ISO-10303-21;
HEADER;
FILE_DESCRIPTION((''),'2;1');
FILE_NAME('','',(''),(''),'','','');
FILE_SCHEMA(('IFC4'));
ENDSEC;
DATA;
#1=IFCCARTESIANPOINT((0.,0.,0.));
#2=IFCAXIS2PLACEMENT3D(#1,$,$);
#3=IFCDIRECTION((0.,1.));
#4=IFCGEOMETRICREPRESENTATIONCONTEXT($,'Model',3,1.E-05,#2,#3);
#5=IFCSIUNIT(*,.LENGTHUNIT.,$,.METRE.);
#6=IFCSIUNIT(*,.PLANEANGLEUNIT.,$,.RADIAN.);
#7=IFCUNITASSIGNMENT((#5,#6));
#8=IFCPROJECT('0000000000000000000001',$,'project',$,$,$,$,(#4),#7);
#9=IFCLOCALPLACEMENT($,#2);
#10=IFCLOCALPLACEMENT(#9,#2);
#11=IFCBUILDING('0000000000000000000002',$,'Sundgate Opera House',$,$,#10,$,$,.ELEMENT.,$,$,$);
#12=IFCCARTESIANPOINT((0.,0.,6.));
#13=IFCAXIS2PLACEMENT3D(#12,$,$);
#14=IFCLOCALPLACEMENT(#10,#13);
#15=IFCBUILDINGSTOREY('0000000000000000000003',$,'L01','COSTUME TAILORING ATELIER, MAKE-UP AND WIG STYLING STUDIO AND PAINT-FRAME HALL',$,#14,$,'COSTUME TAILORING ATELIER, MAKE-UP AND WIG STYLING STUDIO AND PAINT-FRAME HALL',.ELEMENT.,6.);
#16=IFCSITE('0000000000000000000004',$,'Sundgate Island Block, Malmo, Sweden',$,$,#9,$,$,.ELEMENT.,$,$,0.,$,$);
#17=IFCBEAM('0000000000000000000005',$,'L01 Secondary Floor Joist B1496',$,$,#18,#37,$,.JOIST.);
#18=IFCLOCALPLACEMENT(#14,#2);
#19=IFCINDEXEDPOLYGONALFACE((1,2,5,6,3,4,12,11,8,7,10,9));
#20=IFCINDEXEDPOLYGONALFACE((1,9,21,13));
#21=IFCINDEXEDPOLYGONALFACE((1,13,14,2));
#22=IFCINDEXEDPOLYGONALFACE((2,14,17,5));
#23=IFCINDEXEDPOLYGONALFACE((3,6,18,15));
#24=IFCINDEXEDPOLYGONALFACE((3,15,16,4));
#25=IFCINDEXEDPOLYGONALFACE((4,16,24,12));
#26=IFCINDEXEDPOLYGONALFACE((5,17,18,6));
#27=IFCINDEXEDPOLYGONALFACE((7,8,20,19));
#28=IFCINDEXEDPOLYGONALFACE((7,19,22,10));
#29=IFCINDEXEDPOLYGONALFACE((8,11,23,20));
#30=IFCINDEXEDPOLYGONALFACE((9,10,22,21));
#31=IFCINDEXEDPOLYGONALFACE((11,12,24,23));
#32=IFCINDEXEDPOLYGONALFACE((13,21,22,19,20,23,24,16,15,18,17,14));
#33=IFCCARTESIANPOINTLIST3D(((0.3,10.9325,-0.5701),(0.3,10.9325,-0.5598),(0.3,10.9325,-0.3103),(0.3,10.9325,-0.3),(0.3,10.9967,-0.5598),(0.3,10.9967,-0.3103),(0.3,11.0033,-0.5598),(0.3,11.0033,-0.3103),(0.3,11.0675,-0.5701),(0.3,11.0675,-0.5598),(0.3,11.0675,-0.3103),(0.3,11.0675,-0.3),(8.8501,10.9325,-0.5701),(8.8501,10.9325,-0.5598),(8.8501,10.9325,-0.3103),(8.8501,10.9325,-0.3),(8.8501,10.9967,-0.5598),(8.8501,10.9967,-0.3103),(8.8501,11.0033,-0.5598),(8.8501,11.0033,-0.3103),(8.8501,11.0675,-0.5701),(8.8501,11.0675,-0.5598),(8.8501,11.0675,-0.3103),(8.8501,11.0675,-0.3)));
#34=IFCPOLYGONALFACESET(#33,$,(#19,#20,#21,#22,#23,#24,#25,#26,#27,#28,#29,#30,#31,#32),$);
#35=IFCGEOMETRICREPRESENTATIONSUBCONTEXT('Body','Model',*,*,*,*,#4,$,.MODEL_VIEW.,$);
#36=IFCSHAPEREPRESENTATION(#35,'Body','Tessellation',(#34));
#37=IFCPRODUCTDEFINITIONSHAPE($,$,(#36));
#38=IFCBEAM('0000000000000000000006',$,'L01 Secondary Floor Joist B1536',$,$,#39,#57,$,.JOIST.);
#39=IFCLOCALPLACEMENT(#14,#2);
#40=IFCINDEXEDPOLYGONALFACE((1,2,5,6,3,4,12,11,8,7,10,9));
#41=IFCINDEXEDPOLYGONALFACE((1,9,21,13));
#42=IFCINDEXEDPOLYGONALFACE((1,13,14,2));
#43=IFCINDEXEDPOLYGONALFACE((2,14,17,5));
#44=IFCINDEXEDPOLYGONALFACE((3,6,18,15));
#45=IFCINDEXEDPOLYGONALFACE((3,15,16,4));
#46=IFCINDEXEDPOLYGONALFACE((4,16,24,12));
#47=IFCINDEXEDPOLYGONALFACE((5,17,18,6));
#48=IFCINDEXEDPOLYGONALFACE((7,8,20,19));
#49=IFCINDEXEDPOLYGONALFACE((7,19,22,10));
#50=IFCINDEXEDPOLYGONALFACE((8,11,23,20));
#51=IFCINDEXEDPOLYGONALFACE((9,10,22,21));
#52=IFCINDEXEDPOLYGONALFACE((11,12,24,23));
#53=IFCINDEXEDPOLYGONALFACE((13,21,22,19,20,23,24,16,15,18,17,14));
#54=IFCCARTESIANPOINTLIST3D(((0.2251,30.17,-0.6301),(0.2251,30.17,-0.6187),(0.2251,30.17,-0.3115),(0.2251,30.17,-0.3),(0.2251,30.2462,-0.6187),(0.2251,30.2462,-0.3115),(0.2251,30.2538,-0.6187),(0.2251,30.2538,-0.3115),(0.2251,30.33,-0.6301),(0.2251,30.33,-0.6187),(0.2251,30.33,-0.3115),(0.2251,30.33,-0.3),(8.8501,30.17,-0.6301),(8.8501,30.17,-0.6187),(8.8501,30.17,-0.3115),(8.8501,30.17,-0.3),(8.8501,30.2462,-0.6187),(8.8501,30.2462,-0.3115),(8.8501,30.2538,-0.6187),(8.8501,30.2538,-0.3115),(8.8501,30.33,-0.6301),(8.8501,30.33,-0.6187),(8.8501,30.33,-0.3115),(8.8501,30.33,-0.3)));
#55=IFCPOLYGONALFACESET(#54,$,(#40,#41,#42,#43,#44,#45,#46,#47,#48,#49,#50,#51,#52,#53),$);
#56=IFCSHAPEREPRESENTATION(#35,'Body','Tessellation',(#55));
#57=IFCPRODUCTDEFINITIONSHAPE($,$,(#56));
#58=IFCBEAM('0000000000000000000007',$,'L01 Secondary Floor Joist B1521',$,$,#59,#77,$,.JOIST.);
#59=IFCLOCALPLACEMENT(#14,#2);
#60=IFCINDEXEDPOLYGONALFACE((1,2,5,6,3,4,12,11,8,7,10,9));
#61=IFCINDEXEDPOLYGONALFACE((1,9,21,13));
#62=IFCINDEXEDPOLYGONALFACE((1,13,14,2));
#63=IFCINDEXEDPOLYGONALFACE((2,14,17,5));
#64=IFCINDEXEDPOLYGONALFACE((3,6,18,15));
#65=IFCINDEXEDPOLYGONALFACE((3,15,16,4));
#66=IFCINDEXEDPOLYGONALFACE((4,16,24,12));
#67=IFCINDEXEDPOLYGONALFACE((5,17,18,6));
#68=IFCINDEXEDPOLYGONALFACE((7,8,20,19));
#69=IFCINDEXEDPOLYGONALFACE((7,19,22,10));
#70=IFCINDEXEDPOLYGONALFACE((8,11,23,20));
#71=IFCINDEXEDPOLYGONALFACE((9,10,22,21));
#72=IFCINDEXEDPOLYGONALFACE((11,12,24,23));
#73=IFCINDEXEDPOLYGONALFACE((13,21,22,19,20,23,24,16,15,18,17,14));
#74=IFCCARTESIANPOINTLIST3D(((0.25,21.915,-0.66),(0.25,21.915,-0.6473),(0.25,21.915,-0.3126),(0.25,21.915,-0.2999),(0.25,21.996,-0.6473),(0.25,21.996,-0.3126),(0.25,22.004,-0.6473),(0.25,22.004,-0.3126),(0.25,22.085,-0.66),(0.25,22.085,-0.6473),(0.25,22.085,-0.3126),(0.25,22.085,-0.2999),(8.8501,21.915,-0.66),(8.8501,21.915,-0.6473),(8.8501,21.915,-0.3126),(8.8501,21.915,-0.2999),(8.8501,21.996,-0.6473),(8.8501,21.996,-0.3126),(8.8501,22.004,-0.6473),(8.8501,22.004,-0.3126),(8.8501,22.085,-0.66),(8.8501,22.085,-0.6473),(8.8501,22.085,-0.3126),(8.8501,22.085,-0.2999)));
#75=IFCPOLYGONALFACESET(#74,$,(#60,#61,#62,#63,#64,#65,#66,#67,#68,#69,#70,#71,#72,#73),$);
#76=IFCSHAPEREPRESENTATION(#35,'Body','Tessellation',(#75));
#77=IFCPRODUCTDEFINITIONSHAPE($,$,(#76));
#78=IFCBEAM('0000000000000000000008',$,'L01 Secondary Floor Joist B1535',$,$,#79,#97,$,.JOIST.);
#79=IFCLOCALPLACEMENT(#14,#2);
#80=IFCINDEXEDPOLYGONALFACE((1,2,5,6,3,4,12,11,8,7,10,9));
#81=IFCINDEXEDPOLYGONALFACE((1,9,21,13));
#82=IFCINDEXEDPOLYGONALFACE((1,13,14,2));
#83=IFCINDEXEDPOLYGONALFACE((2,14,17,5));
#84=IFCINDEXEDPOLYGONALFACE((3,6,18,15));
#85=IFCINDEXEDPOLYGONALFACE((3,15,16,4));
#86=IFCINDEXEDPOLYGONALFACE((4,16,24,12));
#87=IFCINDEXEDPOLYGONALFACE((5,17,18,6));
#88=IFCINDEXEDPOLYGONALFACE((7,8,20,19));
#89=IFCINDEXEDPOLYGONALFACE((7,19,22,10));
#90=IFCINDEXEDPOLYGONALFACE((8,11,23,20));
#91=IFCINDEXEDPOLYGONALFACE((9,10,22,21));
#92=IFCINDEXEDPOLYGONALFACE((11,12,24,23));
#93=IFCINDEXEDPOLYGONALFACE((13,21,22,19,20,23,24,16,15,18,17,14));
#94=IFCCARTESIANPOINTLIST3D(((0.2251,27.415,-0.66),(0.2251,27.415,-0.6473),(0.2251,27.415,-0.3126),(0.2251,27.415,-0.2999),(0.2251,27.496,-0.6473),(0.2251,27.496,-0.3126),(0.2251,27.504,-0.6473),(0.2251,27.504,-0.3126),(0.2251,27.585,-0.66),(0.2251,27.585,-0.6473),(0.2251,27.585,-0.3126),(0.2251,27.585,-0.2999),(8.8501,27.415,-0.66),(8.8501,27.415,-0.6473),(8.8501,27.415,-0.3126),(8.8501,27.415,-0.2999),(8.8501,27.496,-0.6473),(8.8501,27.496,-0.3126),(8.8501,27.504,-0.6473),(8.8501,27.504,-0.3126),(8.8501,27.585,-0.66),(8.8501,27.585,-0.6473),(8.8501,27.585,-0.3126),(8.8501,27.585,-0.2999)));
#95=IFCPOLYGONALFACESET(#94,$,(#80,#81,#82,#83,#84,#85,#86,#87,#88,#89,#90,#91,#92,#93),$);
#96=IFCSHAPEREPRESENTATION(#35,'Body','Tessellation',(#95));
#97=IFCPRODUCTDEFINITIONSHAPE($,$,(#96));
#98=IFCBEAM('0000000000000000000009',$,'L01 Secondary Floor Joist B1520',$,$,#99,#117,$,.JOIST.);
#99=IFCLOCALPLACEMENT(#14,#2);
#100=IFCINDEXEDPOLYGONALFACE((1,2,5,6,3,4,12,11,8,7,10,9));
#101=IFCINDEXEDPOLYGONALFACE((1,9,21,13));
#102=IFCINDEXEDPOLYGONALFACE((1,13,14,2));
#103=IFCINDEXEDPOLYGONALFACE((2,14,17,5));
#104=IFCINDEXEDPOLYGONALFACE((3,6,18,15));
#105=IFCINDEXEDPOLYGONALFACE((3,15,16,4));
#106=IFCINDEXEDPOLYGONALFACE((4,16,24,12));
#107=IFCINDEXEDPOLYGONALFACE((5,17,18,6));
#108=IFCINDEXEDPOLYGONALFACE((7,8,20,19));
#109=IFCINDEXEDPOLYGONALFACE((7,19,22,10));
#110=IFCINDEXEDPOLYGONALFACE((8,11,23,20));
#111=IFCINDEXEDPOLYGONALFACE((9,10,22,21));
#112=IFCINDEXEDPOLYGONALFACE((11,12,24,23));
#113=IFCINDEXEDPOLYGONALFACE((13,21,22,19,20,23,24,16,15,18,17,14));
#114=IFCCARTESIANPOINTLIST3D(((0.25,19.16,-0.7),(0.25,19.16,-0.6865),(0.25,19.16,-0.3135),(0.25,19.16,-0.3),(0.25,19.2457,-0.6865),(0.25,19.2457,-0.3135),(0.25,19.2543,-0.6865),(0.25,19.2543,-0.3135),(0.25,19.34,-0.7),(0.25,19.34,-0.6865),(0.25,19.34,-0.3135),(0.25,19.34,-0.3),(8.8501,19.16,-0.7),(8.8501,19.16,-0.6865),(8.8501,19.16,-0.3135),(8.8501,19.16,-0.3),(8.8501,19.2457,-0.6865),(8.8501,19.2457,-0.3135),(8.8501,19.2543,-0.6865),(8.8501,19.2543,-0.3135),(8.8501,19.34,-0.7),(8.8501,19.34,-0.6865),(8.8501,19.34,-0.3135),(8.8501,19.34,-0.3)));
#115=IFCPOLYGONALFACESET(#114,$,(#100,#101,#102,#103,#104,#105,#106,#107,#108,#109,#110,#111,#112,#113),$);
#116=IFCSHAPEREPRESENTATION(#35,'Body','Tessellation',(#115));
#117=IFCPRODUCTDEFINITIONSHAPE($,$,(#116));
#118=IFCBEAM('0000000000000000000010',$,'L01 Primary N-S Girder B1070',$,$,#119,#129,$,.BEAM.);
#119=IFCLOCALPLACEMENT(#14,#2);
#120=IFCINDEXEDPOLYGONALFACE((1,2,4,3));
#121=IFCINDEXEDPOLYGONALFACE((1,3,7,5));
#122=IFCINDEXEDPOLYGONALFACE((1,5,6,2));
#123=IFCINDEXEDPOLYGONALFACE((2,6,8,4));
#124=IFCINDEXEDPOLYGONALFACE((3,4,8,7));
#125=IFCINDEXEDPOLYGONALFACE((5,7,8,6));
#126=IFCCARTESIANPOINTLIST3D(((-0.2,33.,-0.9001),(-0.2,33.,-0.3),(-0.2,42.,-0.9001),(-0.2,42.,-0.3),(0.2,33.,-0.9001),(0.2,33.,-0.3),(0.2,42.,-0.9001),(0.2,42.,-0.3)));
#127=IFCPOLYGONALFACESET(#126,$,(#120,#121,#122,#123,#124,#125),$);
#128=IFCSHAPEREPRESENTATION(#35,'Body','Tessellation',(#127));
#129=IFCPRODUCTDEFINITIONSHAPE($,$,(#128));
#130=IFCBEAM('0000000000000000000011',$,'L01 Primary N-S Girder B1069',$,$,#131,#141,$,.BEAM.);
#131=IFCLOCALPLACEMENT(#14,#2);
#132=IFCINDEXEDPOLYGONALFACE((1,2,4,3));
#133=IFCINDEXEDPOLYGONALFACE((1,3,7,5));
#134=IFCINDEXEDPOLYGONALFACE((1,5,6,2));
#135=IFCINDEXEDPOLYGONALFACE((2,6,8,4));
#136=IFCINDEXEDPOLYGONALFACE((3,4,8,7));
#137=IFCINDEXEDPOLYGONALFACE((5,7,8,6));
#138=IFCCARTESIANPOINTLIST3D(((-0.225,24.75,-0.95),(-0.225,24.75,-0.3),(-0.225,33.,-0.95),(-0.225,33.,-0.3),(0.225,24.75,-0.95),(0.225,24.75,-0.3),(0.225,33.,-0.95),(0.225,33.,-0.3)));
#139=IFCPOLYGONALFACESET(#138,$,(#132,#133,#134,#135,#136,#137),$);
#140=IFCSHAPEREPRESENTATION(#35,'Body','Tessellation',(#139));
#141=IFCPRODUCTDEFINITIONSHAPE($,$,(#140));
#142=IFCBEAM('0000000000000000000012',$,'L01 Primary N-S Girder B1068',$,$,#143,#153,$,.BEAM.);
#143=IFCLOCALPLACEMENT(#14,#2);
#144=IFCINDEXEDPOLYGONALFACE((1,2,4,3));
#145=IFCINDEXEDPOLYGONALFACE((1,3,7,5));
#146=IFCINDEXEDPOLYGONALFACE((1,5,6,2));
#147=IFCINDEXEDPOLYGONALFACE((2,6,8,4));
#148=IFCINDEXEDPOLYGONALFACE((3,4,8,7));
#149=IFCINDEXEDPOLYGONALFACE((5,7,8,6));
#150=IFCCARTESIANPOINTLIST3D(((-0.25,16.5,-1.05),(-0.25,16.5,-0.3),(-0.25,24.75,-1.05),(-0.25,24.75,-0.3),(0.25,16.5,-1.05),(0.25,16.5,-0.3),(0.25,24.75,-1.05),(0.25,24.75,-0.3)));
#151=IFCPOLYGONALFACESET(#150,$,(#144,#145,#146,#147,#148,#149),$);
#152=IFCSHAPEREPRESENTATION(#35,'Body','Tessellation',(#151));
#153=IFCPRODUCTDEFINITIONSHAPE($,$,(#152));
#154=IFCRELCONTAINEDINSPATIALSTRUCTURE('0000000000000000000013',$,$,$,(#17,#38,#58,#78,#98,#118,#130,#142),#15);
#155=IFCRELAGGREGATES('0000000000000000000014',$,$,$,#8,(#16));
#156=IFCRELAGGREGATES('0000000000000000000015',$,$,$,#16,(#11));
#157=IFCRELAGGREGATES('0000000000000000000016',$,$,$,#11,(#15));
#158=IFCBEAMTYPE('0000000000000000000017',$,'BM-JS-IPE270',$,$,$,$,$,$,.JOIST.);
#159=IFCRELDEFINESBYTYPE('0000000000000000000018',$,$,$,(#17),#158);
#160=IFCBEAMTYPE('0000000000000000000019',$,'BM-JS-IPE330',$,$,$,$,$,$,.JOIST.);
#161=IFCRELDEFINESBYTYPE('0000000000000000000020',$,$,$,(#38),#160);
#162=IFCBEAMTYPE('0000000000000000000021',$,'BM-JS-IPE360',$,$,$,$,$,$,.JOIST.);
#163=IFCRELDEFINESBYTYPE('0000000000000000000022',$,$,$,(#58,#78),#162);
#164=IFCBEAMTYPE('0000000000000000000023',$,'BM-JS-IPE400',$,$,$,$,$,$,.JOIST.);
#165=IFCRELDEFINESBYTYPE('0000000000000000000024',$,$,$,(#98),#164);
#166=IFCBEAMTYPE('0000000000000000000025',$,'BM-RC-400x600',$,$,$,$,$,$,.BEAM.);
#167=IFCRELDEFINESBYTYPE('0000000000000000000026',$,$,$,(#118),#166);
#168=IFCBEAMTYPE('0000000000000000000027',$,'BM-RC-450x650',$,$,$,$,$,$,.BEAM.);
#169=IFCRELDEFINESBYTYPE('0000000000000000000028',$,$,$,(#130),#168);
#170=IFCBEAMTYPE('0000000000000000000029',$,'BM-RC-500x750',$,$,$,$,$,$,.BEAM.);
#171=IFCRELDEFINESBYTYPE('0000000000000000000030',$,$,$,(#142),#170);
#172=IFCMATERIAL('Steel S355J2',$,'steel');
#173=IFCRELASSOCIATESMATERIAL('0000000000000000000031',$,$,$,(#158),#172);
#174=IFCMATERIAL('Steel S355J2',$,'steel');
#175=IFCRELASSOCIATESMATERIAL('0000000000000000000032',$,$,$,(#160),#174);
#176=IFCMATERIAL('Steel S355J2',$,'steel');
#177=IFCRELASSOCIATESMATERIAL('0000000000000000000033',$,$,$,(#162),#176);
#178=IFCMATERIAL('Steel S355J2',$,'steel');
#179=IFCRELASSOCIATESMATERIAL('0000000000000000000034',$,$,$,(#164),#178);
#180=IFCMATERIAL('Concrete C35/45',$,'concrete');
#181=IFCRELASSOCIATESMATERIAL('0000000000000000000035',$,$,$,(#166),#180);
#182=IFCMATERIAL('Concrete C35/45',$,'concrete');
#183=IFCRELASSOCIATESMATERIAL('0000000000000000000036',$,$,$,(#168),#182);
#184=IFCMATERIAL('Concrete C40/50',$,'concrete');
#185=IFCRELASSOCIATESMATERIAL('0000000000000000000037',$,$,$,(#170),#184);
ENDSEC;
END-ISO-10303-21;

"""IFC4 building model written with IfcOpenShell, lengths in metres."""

from ifc_helpers import new_model, si_unit, direction, frame, origin, origin_2d, place, context, subcontext, project, spatial, rectangle, i_section, extrude, material, material_profile, profile_set, type_object, element, save


model = new_model("IFC4")

# Units and contexts
model_context = context("Model", 3, precision=1e-05, world=origin(), true_north=direction((0.0, 1.0)))
body_context = subcontext(model_context, "Body", "Model", "MODEL_VIEW")
ifc_project = project(units=[si_unit("LENGTHUNIT", "METRE"), si_unit("PLANEANGLEUNIT", "RADIAN")], contexts=[model_context])

# Site, building, storey
site_placement = place(None, origin())
site = spatial("IfcSite", under=ifc_project, at=site_placement, Name="Sundgate Island Block, Malmo, Sweden", CompositionType="ELEMENT", RefElevation=0.0)
building_placement = place(site_placement, origin())
building = spatial("IfcBuilding", under=site, at=building_placement, Name="Sundgate Opera House", CompositionType="ELEMENT")
storey_placement = place(building_placement, frame((0.0, 0.0, 6.0)))
storey = spatial("IfcBuildingStorey", under=building, at=storey_placement, Name="L01", Description="COSTUME TAILORING ATELIER, MAKE-UP AND WIG STYLING STUDIO AND PAINT-FRAME HALL", LongName="COSTUME TAILORING ATELIER, MAKE-UP AND WIG STYLING STUDIO AND PAINT-FRAME HALL", CompositionType="ELEMENT", Elevation=6.0)

# Beams
ifc_material_1 = material(Name="Steel S355J2", Category="steel")
ifc_material_profile_1 = material_profile(ifc_material_1, i_section(OverallWidth=0.135, OverallDepth=0.27, WebThickness=0.0066, FlangeThickness=0.0103, at=origin_2d()), Name="IPE 270")
ifc_profile_set_1 = profile_set([ifc_material_profile_1], Name="Steel S355J2")
beam_type_1 = type_object("IfcBeamType", Name="BM-JS-IPE270", PredefinedType="JOIST", material=ifc_profile_set_1)
beam_1_placement = place(storey_placement, frame((0.3, 11.0, -0.4351), z_axis=(1.0, 0.0, 0.0), x_axis=(0.0, 1.0, 0.0)))
element("IfcBeam", 1, at=beam_1_placement, inside=storey, type_object=beam_type_1, Name="L01 Secondary Floor Joist B1496", PredefinedType="JOIST", context=body_context, shape_type="SweptSolid", body=[
    extrude(i_section(OverallWidth=0.135, OverallDepth=0.27, WebThickness=0.0066, FlangeThickness=0.0103, at=origin_2d()), origin(), (0.0, 0.0, 1.0), 8.55),
])
ifc_material_2 = material(Name="Steel S355J2", Category="steel")
ifc_material_profile_2 = material_profile(ifc_material_2, i_section(OverallWidth=0.1599, OverallDepth=0.3301, WebThickness=0.0076, FlangeThickness=0.0115, at=origin_2d()), Name="IPE 330")
ifc_profile_set_2 = profile_set([ifc_material_profile_2], Name="Steel S355J2")
beam_type_2 = type_object("IfcBeamType", Name="BM-JS-IPE330", PredefinedType="JOIST", material=ifc_profile_set_2)
beam_2_placement = place(storey_placement, frame((0.2251, 30.25, -0.4651), z_axis=(1.0, 0.0, 0.0), x_axis=(0.0, 1.0, 0.0)))
element("IfcBeam", 2, at=beam_2_placement, inside=storey, type_object=beam_type_2, Name="L01 Secondary Floor Joist B1536", PredefinedType="JOIST", context=body_context, shape_type="SweptSolid", body=[
    extrude(i_section(OverallWidth=0.1599, OverallDepth=0.3301, WebThickness=0.0076, FlangeThickness=0.0115, at=origin_2d()), origin(), (0.0, 0.0, 1.0), 8.625),
])
ifc_material_3 = material(Name="Steel S355J2", Category="steel")
ifc_material_profile_3 = material_profile(ifc_material_3, i_section(OverallWidth=0.1699, OverallDepth=0.3601, WebThickness=0.0081, FlangeThickness=0.0127, at=origin_2d()), Name="IPE 360")
ifc_profile_set_3 = profile_set([ifc_material_profile_3], Name="Steel S355J2")
beam_type_3 = type_object("IfcBeamType", Name="BM-JS-IPE360", PredefinedType="JOIST", material=ifc_profile_set_3)
beam_3_placement = place(storey_placement, frame((0.25, 22.0, -0.48), z_axis=(1.0, 0.0, 0.0), x_axis=(0.0, 1.0, 0.0)))
element("IfcBeam", 3, at=beam_3_placement, inside=storey, type_object=beam_type_3, Name="L01 Secondary Floor Joist B1521", PredefinedType="JOIST", context=body_context, shape_type="SweptSolid", body=[
    extrude(i_section(OverallWidth=0.1699, OverallDepth=0.3601, WebThickness=0.0081, FlangeThickness=0.0127, at=origin_2d()), origin(), (0.0, 0.0, 1.0), 8.6001),
])
beam_4_placement = place(storey_placement, frame((0.2251, 27.5, -0.48), z_axis=(1.0, 0.0, 0.0), x_axis=(0.0, 1.0, 0.0)))
element("IfcBeam", 4, at=beam_4_placement, inside=storey, type_object=beam_type_3, Name="L01 Secondary Floor Joist B1535", PredefinedType="JOIST", context=body_context, shape_type="SweptSolid", body=[
    extrude(i_section(OverallWidth=0.1699, OverallDepth=0.3601, WebThickness=0.0081, FlangeThickness=0.0127, at=origin_2d()), origin(), (0.0, 0.0, 1.0), 8.625),
])
ifc_material_4 = material(Name="Steel S355J2", Category="steel")
ifc_material_profile_4 = material_profile(ifc_material_4, i_section(OverallWidth=0.1799, OverallDepth=0.3999, WebThickness=0.0085, FlangeThickness=0.0134, at=origin_2d()), Name="IPE 400")
ifc_profile_set_4 = profile_set([ifc_material_profile_4], Name="Steel S355J2")
beam_type_4 = type_object("IfcBeamType", Name="BM-JS-IPE400", PredefinedType="JOIST", material=ifc_profile_set_4)
beam_5_placement = place(storey_placement, frame((0.25, 19.25, -0.5), z_axis=(1.0, 0.0, 0.0), x_axis=(0.0, 1.0, 0.0)))
element("IfcBeam", 5, at=beam_5_placement, inside=storey, type_object=beam_type_4, Name="L01 Secondary Floor Joist B1520", PredefinedType="JOIST", context=body_context, shape_type="SweptSolid", body=[
    extrude(i_section(OverallWidth=0.1799, OverallDepth=0.3999, WebThickness=0.0085, FlangeThickness=0.0134, at=origin_2d()), origin(), (0.0, 0.0, 1.0), 8.6001),
])
ifc_material_5 = material(Name="Concrete C35/45", Category="concrete")
ifc_material_profile_5 = material_profile(ifc_material_5, rectangle(XDim=0.3999, YDim=0.6001, at=origin_2d()), Name="RC 400x600")
ifc_profile_set_5 = profile_set([ifc_material_profile_5], Name="Concrete C35/45")
beam_type_5 = type_object("IfcBeamType", Name="BM-RC-400x600", PredefinedType="BEAM", material=ifc_profile_set_5)
beam_6_placement = place(storey_placement, frame((0.0, 33.0, -0.6001), z_axis=(0.0, 1.0, 0.0), x_axis=(-1.0, 0.0, 0.0)))
element("IfcBeam", 6, at=beam_6_placement, inside=storey, type_object=beam_type_5, Name="L01 Primary N-S Girder B1070", PredefinedType="BEAM", context=body_context, shape_type="SweptSolid", body=[
    extrude(rectangle(XDim=0.3999, YDim=0.6001, at=origin_2d()), origin(), (0.0, 0.0, 1.0), 9.0),
])
ifc_material_6 = material(Name="Concrete C35/45", Category="concrete")
ifc_material_profile_6 = material_profile(ifc_material_6, rectangle(XDim=0.45, YDim=0.6499, at=origin_2d()), Name="RC 450x650")
ifc_profile_set_6 = profile_set([ifc_material_profile_6], Name="Concrete C35/45")
beam_type_6 = type_object("IfcBeamType", Name="BM-RC-450x650", PredefinedType="BEAM", material=ifc_profile_set_6)
beam_7_placement = place(storey_placement, frame((0.0, 24.75, -0.625), z_axis=(0.0, 1.0, 0.0), x_axis=(-1.0, 0.0, 0.0)))
element("IfcBeam", 7, at=beam_7_placement, inside=storey, type_object=beam_type_6, Name="L01 Primary N-S Girder B1069", PredefinedType="BEAM", context=body_context, shape_type="SweptSolid", body=[
    extrude(rectangle(XDim=0.45, YDim=0.6499, at=origin_2d()), origin(), (0.0, 0.0, 1.0), 8.25),
])
ifc_material_7 = material(Name="Concrete C40/50", Category="concrete")
ifc_material_profile_7 = material_profile(ifc_material_7, rectangle(XDim=0.5, YDim=0.75, at=origin_2d()), Name="RC 500x750")
ifc_profile_set_7 = profile_set([ifc_material_profile_7], Name="Concrete C40/50")
beam_type_7 = type_object("IfcBeamType", Name="BM-RC-500x750", PredefinedType="BEAM", material=ifc_profile_set_7)
beam_8_placement = place(storey_placement, frame((0.0, 16.5, -0.675), z_axis=(0.0, 1.0, 0.0), x_axis=(-1.0, 0.0, 0.0)))
element("IfcBeam", 8, at=beam_8_placement, inside=storey, type_object=beam_type_7, Name="L01 Primary N-S Girder B1068", PredefinedType="BEAM", context=body_context, shape_type="SweptSolid", body=[
    extrude(rectangle(XDim=0.5, YDim=0.75, at=origin_2d()), origin(), (0.0, 0.0, 1.0), 8.25),
])

save(model, "model.ifc")
